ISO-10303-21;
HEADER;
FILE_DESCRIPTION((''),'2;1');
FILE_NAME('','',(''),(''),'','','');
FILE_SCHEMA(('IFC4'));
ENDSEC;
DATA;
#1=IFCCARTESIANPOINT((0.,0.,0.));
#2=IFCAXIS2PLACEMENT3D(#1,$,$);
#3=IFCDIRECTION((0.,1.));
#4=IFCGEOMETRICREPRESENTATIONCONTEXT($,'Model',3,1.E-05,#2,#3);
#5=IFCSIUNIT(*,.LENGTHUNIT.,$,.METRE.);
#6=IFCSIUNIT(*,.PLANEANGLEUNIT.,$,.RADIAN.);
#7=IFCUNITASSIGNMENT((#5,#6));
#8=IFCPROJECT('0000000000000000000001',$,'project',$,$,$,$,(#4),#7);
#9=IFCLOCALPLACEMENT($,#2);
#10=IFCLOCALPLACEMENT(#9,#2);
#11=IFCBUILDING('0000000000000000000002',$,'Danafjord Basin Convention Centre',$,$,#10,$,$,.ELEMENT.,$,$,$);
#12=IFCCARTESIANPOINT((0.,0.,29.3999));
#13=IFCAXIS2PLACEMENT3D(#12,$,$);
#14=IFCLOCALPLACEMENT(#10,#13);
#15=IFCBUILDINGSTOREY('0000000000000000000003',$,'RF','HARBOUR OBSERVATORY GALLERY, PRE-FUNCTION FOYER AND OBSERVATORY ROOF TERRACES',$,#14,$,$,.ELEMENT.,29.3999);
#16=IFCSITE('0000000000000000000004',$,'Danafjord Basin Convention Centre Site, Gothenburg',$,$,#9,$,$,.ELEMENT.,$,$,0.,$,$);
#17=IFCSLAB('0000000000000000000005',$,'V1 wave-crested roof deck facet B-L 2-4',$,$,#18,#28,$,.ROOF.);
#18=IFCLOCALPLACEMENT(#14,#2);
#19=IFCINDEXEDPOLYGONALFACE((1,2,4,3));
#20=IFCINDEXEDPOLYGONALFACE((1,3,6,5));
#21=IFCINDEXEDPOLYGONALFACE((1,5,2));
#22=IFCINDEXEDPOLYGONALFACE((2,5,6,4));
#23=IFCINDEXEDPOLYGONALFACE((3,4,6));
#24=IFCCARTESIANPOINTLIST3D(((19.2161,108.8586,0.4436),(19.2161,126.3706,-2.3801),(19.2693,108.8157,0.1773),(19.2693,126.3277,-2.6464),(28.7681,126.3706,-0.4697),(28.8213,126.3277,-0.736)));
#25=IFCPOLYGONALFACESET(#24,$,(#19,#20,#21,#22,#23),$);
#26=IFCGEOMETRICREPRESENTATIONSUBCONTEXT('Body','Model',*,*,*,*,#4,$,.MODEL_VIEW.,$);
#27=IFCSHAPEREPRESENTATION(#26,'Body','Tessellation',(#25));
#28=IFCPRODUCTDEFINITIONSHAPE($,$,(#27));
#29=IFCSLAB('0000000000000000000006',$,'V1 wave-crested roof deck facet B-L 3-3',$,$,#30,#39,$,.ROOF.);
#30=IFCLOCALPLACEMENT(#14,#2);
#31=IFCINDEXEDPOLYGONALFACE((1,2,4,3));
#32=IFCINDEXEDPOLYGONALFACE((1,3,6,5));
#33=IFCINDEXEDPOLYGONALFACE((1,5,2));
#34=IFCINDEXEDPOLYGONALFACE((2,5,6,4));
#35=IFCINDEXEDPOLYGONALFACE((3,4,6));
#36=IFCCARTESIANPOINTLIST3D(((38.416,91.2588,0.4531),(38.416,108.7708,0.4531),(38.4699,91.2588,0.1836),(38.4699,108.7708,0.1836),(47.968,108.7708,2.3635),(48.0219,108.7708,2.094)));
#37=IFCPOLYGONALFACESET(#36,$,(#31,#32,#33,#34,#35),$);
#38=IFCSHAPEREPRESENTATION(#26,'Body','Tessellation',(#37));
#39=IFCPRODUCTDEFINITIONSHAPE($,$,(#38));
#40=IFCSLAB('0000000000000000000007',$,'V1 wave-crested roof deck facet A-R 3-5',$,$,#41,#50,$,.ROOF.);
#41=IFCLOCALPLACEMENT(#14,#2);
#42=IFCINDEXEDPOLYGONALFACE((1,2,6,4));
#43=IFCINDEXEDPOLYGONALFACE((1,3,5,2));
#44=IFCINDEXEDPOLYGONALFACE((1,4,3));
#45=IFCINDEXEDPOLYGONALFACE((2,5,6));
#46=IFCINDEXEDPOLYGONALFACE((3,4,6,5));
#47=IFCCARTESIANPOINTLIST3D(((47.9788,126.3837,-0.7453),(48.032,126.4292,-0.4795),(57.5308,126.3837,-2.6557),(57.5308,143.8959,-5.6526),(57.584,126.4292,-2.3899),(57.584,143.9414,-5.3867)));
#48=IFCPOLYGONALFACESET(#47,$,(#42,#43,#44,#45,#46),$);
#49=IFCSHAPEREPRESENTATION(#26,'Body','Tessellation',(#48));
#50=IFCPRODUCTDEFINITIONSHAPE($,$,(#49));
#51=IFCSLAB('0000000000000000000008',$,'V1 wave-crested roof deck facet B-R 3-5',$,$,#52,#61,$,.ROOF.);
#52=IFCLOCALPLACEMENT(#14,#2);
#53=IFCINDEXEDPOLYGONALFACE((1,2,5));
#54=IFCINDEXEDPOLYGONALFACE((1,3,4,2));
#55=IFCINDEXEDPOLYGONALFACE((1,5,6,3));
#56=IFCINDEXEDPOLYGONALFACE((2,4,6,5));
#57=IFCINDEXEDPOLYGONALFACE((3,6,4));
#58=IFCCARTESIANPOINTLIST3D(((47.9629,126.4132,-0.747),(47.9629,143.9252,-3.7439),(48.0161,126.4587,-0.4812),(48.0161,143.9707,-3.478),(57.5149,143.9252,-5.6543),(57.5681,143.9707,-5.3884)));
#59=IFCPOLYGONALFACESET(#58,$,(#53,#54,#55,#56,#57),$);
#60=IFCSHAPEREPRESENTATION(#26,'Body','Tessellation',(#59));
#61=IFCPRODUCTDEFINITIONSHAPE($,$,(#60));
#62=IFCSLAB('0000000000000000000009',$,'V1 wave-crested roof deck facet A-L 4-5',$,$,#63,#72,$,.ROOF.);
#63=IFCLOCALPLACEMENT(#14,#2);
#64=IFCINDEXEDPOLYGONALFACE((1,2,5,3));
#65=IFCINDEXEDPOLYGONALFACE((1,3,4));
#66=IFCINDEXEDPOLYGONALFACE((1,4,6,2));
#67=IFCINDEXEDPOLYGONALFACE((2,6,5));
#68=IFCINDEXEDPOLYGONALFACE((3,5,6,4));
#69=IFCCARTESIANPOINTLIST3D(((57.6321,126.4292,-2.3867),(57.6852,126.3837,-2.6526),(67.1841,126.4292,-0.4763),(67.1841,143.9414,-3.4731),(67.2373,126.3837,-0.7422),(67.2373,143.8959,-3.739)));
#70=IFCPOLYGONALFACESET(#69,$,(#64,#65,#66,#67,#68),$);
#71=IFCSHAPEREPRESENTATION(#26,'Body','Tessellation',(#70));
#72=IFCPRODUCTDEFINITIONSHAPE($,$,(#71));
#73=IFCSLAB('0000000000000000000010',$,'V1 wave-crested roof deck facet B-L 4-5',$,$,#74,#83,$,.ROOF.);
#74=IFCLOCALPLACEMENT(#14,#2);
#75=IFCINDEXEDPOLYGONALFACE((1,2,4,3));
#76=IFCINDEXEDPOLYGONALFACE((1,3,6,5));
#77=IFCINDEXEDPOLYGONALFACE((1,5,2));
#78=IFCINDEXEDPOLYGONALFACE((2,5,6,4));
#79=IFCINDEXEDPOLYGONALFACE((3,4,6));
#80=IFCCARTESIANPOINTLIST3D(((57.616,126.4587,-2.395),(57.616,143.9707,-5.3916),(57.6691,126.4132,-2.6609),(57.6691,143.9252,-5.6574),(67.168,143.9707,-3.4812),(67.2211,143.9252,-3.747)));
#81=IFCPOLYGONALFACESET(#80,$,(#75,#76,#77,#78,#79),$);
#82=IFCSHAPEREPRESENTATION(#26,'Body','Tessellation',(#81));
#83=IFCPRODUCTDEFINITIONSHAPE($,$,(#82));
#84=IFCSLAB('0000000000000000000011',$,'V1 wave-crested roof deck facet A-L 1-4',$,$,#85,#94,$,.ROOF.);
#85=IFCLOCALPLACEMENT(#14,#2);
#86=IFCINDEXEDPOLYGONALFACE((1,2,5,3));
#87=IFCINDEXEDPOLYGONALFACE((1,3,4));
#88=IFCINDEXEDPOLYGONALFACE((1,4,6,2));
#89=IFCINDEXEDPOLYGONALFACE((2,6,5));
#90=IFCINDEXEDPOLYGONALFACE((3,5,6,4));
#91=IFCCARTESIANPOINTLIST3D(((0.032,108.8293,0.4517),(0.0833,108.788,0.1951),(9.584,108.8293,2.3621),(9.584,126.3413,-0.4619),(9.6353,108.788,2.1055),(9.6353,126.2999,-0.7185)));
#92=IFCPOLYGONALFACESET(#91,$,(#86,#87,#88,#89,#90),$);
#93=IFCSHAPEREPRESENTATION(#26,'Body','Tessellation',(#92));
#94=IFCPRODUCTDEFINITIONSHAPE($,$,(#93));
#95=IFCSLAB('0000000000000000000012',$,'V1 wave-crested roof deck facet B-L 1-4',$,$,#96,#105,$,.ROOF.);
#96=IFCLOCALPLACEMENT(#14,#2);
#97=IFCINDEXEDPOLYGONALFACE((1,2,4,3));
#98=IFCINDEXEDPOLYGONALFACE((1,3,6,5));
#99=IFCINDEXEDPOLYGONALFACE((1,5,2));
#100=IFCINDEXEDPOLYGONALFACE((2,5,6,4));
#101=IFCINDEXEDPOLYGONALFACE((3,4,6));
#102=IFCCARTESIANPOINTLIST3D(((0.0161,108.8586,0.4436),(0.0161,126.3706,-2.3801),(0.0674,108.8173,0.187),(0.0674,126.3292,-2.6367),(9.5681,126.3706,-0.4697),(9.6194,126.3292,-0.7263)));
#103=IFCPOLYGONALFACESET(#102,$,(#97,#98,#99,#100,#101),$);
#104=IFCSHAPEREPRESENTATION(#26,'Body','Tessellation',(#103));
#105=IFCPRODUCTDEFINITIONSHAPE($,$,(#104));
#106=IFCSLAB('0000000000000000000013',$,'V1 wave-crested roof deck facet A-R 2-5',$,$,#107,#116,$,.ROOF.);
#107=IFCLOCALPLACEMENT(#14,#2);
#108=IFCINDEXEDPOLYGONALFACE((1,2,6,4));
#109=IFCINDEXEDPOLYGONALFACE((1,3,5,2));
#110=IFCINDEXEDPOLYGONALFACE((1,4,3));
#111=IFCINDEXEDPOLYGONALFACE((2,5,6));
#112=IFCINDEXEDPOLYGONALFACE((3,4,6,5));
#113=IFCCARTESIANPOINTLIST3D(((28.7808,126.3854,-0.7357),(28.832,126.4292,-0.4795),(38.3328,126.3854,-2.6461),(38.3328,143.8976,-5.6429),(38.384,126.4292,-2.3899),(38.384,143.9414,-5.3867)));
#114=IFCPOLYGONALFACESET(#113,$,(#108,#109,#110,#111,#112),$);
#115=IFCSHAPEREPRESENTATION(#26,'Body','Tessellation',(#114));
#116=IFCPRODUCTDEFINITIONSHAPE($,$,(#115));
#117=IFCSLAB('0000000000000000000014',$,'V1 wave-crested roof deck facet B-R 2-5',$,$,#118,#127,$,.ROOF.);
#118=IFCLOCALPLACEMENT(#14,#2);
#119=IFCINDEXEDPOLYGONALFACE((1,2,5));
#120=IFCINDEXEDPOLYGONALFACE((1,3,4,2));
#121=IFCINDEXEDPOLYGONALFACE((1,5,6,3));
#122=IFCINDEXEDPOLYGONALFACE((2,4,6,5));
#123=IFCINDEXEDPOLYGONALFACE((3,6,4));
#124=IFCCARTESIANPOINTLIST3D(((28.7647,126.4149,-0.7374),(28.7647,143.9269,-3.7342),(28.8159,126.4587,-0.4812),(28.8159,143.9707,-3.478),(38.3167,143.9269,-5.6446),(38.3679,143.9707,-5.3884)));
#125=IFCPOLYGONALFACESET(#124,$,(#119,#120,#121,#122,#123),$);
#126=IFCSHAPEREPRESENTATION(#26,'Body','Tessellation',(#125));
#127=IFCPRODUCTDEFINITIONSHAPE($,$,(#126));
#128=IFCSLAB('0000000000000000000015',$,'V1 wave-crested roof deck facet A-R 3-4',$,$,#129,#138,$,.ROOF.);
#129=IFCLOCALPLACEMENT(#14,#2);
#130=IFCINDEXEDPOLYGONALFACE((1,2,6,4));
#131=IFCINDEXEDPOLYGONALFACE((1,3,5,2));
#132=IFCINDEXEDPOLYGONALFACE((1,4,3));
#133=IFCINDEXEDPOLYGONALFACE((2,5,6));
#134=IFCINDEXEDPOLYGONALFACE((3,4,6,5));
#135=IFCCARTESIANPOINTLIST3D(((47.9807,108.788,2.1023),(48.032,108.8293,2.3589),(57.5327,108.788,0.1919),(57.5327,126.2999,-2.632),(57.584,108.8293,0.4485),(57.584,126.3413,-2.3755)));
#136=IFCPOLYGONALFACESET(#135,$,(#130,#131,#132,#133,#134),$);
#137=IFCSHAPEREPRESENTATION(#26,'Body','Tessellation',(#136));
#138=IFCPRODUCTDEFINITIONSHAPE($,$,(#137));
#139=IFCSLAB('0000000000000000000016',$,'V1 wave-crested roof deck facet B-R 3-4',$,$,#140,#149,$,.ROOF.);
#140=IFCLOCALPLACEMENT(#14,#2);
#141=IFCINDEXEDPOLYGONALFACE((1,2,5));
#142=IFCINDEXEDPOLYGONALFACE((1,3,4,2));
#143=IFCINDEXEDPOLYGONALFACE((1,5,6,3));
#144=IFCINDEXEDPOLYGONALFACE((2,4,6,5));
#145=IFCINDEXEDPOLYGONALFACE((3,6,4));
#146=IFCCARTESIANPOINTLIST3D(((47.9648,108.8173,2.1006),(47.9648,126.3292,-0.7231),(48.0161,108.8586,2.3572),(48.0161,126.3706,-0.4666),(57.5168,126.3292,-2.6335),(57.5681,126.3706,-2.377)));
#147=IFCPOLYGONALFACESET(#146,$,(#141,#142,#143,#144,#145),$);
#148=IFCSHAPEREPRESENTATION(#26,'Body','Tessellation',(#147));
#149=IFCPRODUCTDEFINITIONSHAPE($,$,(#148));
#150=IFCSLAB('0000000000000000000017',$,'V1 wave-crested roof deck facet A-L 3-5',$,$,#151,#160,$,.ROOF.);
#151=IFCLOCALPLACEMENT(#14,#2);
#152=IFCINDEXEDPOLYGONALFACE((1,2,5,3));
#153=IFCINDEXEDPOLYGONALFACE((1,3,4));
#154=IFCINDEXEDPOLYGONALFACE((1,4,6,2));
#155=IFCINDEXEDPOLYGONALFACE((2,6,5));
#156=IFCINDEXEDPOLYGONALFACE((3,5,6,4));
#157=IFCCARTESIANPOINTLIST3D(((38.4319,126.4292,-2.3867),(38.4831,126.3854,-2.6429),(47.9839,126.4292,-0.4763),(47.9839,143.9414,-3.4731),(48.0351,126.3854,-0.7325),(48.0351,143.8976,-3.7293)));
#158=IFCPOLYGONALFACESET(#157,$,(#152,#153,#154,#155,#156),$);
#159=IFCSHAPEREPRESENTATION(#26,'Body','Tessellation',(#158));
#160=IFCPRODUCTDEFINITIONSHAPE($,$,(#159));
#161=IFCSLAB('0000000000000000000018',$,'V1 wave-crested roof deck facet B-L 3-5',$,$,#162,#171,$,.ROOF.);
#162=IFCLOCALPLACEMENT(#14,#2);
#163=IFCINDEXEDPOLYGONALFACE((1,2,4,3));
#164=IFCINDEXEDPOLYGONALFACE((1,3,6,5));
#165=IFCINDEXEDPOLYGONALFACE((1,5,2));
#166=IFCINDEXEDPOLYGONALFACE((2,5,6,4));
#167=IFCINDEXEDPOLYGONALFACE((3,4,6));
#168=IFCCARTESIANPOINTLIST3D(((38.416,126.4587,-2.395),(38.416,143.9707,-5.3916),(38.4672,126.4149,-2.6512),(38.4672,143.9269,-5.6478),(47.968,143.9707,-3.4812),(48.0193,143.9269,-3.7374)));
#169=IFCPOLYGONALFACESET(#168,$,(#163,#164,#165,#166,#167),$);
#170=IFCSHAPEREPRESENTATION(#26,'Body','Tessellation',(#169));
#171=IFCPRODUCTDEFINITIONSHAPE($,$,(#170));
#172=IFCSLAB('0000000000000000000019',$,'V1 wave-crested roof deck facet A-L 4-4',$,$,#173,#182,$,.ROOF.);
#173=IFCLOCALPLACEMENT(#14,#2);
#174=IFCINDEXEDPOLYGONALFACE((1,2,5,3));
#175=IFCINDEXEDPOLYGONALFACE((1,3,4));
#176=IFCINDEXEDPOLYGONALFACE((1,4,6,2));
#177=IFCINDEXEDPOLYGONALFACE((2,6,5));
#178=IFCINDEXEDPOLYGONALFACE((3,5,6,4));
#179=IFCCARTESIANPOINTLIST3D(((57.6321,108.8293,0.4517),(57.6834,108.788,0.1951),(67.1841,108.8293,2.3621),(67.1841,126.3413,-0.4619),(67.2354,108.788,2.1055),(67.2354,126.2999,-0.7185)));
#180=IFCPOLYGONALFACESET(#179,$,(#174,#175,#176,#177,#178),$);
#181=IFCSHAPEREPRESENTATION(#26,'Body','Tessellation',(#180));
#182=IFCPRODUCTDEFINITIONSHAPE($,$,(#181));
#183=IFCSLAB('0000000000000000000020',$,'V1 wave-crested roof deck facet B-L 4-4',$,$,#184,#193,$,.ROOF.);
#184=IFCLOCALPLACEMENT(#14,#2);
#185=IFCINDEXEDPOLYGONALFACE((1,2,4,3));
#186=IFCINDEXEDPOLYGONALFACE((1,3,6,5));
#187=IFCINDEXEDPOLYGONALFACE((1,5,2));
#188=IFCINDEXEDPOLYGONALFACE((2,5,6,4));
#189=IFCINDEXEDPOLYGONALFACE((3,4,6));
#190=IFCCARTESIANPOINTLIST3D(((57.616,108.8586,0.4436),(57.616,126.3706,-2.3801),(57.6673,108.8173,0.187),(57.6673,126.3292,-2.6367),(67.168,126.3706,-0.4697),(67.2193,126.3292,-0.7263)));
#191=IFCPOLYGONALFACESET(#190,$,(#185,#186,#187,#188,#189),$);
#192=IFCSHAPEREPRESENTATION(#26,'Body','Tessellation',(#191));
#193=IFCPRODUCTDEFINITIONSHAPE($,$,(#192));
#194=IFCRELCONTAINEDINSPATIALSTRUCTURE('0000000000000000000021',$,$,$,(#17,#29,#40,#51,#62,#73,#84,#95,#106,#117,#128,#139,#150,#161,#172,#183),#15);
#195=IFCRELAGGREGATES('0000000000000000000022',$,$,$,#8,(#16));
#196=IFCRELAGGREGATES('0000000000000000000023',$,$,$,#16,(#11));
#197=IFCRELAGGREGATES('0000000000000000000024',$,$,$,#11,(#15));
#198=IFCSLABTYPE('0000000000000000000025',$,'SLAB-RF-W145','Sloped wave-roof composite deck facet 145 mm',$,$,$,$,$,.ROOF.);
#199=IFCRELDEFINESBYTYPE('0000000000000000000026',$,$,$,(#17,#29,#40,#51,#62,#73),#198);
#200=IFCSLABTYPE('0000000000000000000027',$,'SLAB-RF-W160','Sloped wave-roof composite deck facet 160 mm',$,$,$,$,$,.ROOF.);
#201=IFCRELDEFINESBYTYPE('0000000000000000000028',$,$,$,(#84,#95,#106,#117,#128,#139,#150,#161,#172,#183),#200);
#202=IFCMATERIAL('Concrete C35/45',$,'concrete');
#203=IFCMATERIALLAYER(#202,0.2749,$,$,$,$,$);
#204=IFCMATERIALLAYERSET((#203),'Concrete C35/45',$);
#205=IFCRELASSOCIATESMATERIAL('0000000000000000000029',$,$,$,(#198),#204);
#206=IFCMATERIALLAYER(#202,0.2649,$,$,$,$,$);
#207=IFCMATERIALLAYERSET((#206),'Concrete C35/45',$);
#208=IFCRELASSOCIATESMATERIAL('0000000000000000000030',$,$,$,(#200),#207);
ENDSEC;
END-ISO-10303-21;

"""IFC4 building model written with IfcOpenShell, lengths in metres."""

from ifc_helpers import new_model, si_unit, direction, frame, origin, place, context, subcontext, project, spatial, polyline, outline, extrude, material, layer, layer_set, type_object, element, save


model = new_model("IFC4")

# Units and contexts
model_context = context("Model", 3, precision=1e-05, world=origin(), true_north=direction((0.0, 1.0)))
body_context = subcontext(model_context, "Body", "Model", "MODEL_VIEW")
ifc_project = project(units=[si_unit("LENGTHUNIT", "METRE"), si_unit("PLANEANGLEUNIT", "RADIAN")], contexts=[model_context])

# Site, building, storey
site_placement = place(None, origin())
site = spatial("IfcSite", under=ifc_project, at=site_placement, Name="Danafjord Basin Convention Centre Site, Gothenburg", CompositionType="ELEMENT", RefElevation=0.0)
building_placement = place(site_placement, origin())
building = spatial("IfcBuilding", under=site, at=building_placement, Name="Danafjord Basin Convention Centre", CompositionType="ELEMENT")
storey_placement = place(building_placement, frame((0.0, 0.0, 29.3999)))
storey = spatial("IfcBuildingStorey", under=building, at=storey_placement, Name="RF", Description="HARBOUR OBSERVATORY GALLERY, PRE-FUNCTION FOYER AND OBSERVATORY ROOF TERRACES", CompositionType="ELEMENT", Elevation=29.3999)

# Slabs
ifc_material_1 = material(Name="Concrete C35/45", Category="concrete")
ifc_layer_1 = layer(ifc_material_1, 0.2749)
ifc_layer_set_1 = layer_set([ifc_layer_1], Name="Concrete C35/45")
slab_type_1 = type_object("IfcSlabType", Name="SLAB-RF-W145", Description="Sloped wave-roof composite deck facet 145 mm", PredefinedType="ROOF", material=ifc_layer_set_1)
slab_1_placement = place(storey_placement, frame((19.2161, 108.8586, 0.4436), z_axis=(-0.19371, 0.156174, 0.968548), x_axis=(0.478352, 0.876976, -0.045738)))
element("IfcSlab", 1, at=slab_1_placement, inside=storey, type_object=slab_type_1, Name="V1 wave-crested roof deck facet B-L 2-4", PredefinedType="ROOF", context=body_context, shape_type="SweptSolid", body=[
    extrude(outline(polyline([(0.0, 0.0), (19.9686, 0.0), (15.4867, 8.6489), (0.0, 0.0)])), origin(), (0.0, 0.0, -1.0), 0.2749),
])
slab_2_placement = place(storey_placement, frame((38.416, 91.2588, 0.4531), z_axis=(-0.196116, 0.0, 0.980581), x_axis=(0.476672, 0.873897, 0.095334)))
element("IfcSlab", 2, at=slab_2_placement, inside=storey, type_object=slab_type_1, Name="V1 wave-crested roof deck facet B-L 3-3", PredefinedType="ROOF", context=body_context, shape_type="SweptSolid", body=[
    extrude(outline(polyline([(0.0, 0.0), (20.0389, 0.0), (15.3036, 8.5128), (0.0, 0.0)])), origin(), (0.0, 0.0, -1.0), 0.2749),
])
slab_3_placement = place(storey_placement, frame((48.032, 126.4292, -0.4795), z_axis=(0.193412, 0.165491, 0.96706), x_axis=(0.980581, 0.0, -0.196116)))
element("IfcSlab", 3, at=slab_3_placement, inside=storey, type_object=slab_type_1, Name="V1 wave-crested roof deck facet A-R 3-5", PredefinedType="ROOF", context=body_context, shape_type="SweptSolid", body=[
    extrude(outline(polyline([(0.0, 0.0), (9.7412, 0.0), (10.3289, 17.7571), (0.0, 0.0)])), origin(), (0.0, 0.0, -1.0), 0.2749),
])
slab_4_placement = place(storey_placement, frame((48.0161, 126.4587, -0.4812), z_axis=(0.193412, 0.165493, 0.967059), x_axis=(0.464989, 0.852479, -0.238883)))
element("IfcSlab", 4, at=slab_4_placement, inside=storey, type_object=slab_type_1, Name="V1 wave-crested roof deck facet B-R 3-5", PredefinedType="ROOF", context=body_context, shape_type="SweptSolid", body=[
    extrude(outline(polyline([(0.0, 0.0), (20.5424, 0.0), (15.6445, 8.4202), (0.0, 0.0)])), origin(), (0.0, 0.0, -1.0), 0.2749),
])
slab_5_placement = place(storey_placement, frame((57.6321, 126.4292, -2.3867), z_axis=(-0.193412, 0.165491, 0.96706), x_axis=(0.980581, 0.0, 0.196116)))
element("IfcSlab", 5, at=slab_5_placement, inside=storey, type_object=slab_type_1, Name="V1 wave-crested roof deck facet A-L 4-5", PredefinedType="ROOF", context=body_context, shape_type="SweptSolid", body=[
    extrude(outline(polyline([(0.0, 0.0), (9.7412, 0.0), (9.1534, 17.7571), (0.0, 0.0)])), origin(), (0.0, 0.0, -1.0), 0.2749),
])
slab_6_placement = place(storey_placement, frame((57.616, 126.4587, -2.395), z_axis=(-0.193412, 0.16548, 0.967062), x_axis=(0.478145, 0.876597, -0.054371)))
element("IfcSlab", 6, at=slab_6_placement, inside=storey, type_object=slab_type_1, Name="V1 wave-crested roof deck facet B-L 4-5", PredefinedType="ROOF", context=body_context, shape_type="SweptSolid", body=[
    extrude(outline(polyline([(0.0, 0.0), (19.9772, 0.0), (15.5139, 8.6584), (0.0, 0.0)])), origin(), (0.0, 0.0, -1.0), 0.2749),
])
ifc_layer_2 = layer(ifc_material_1, 0.2649)
ifc_layer_set_2 = layer_set([ifc_layer_2], Name="Concrete C35/45")
slab_type_2 = type_object("IfcSlabType", Name="SLAB-RF-W160", Description="Sloped wave-roof composite deck facet 160 mm", PredefinedType="ROOF", material=ifc_layer_set_2)
slab_7_placement = place(storey_placement, frame((0.032, 108.8293, 0.4517), z_axis=(-0.193709, 0.156188, 0.968546), x_axis=(0.980581, 0.0, 0.196116)))
element("IfcSlab", 7, at=slab_7_placement, inside=storey, type_object=slab_type_2, Name="V1 wave-crested roof deck facet A-L 1-4", PredefinedType="ROOF", context=body_context, shape_type="SweptSolid", body=[
    extrude(outline(polyline([(0.0, 0.0), (9.7412, 0.0), (9.1873, 17.7296), (0.0, 0.0)])), origin(), (0.0, 0.0, -1.0), 0.2649),
])
slab_8_placement = place(storey_placement, frame((0.0161, 108.8586, 0.4436), z_axis=(-0.19371, 0.156174, 0.968548), x_axis=(0.478352, 0.876976, -0.045738)))
element("IfcSlab", 8, at=slab_8_placement, inside=storey, type_object=slab_type_2, Name="V1 wave-crested roof deck facet B-L 1-4", PredefinedType="ROOF", context=body_context, shape_type="SweptSolid", body=[
    extrude(outline(polyline([(0.0, 0.0), (19.9686, 0.0), (15.4867, 8.6489), (0.0, 0.0)])), origin(), (0.0, 0.0, -1.0), 0.2649),
])
slab_9_placement = place(storey_placement, frame((28.832, 126.4292, -0.4795), z_axis=(0.193412, 0.165491, 0.96706), x_axis=(0.980581, 0.0, -0.196116)))
element("IfcSlab", 9, at=slab_9_placement, inside=storey, type_object=slab_type_2, Name="V1 wave-crested roof deck facet A-R 2-5", PredefinedType="ROOF", context=body_context, shape_type="SweptSolid", body=[
    extrude(outline(polyline([(0.0, 0.0), (9.7412, 0.0), (10.3289, 17.7571), (0.0, 0.0)])), origin(), (0.0, 0.0, -1.0), 0.2649),
])
slab_10_placement = place(storey_placement, frame((28.8159, 126.4587, -0.4812), z_axis=(0.193412, 0.165493, 0.967059), x_axis=(0.464989, 0.852479, -0.238883)))
element("IfcSlab", 10, at=slab_10_placement, inside=storey, type_object=slab_type_2, Name="V1 wave-crested roof deck facet B-R 2-5", PredefinedType="ROOF", context=body_context, shape_type="SweptSolid", body=[
    extrude(outline(polyline([(0.0, 0.0), (20.5424, 0.0), (15.6445, 8.4202), (0.0, 0.0)])), origin(), (0.0, 0.0, -1.0), 0.2649),
])
slab_11_placement = place(storey_placement, frame((48.032, 108.8293, 2.3589), z_axis=(0.193709, 0.156188, 0.968546), x_axis=(0.980581, 0.0, -0.196116)))
element("IfcSlab", 11, at=slab_11_placement, inside=storey, type_object=slab_type_2, Name="V1 wave-crested roof deck facet A-R 3-4", PredefinedType="ROOF", context=body_context, shape_type="SweptSolid", body=[
    extrude(outline(polyline([(0.0, 0.0), (9.7412, 0.0), (10.295, 17.7296), (0.0, 0.0)])), origin(), (0.0, 0.0, -1.0), 0.2649),
])
slab_12_placement = place(storey_placement, frame((48.0161, 108.8586, 2.3572), z_axis=(0.19371, 0.156174, 0.968548), x_axis=(0.465912, 0.854169, -0.230914)))
element("IfcSlab", 12, at=slab_12_placement, inside=storey, type_object=slab_type_2, Name="V1 wave-crested roof deck facet B-R 3-4", PredefinedType="ROOF", context=body_context, shape_type="SweptSolid", body=[
    extrude(outline(polyline([(0.0, 0.0), (20.5017, 0.0), (15.6102, 8.424), (0.0, 0.0)])), origin(), (0.0, 0.0, -1.0), 0.2649),
])
slab_13_placement = place(storey_placement, frame((38.4319, 126.4292, -2.3867), z_axis=(-0.193412, 0.165491, 0.96706), x_axis=(0.980581, 0.0, 0.196116)))
element("IfcSlab", 13, at=slab_13_placement, inside=storey, type_object=slab_type_2, Name="V1 wave-crested roof deck facet A-L 3-5", PredefinedType="ROOF", context=body_context, shape_type="SweptSolid", body=[
    extrude(outline(polyline([(0.0, 0.0), (9.7412, 0.0), (9.1534, 17.7571), (0.0, 0.0)])), origin(), (0.0, 0.0, -1.0), 0.2649),
])
slab_14_placement = place(storey_placement, frame((38.416, 126.4587, -2.395), z_axis=(-0.193412, 0.16548, 0.967062), x_axis=(0.478145, 0.876597, -0.054371)))
element("IfcSlab", 14, at=slab_14_placement, inside=storey, type_object=slab_type_2, Name="V1 wave-crested roof deck facet B-L 3-5", PredefinedType="ROOF", context=body_context, shape_type="SweptSolid", body=[
    extrude(outline(polyline([(0.0, 0.0), (19.9772, 0.0), (15.5139, 8.6584), (0.0, 0.0)])), origin(), (0.0, 0.0, -1.0), 0.2649),
])
slab_15_placement = place(storey_placement, frame((57.6321, 108.8293, 0.4517), z_axis=(-0.193709, 0.156188, 0.968546), x_axis=(0.980581, 0.0, 0.196116)))
element("IfcSlab", 15, at=slab_15_placement, inside=storey, type_object=slab_type_2, Name="V1 wave-crested roof deck facet A-L 4-4", PredefinedType="ROOF", context=body_context, shape_type="SweptSolid", body=[
    extrude(outline(polyline([(0.0, 0.0), (9.7412, 0.0), (9.1873, 17.7296), (0.0, 0.0)])), origin(), (0.0, 0.0, -1.0), 0.2649),
])
slab_16_placement = place(storey_placement, frame((57.616, 108.8586, 0.4436), z_axis=(-0.19371, 0.156174, 0.968548), x_axis=(0.478352, 0.876976, -0.045738)))
element("IfcSlab", 16, at=slab_16_placement, inside=storey, type_object=slab_type_2, Name="V1 wave-crested roof deck facet B-L 4-4", PredefinedType="ROOF", context=body_context, shape_type="SweptSolid", body=[
    extrude(outline(polyline([(0.0, 0.0), (19.9686, 0.0), (15.4867, 8.6489), (0.0, 0.0)])), origin(), (0.0, 0.0, -1.0), 0.2649),
])

save(model, "model.ifc")
